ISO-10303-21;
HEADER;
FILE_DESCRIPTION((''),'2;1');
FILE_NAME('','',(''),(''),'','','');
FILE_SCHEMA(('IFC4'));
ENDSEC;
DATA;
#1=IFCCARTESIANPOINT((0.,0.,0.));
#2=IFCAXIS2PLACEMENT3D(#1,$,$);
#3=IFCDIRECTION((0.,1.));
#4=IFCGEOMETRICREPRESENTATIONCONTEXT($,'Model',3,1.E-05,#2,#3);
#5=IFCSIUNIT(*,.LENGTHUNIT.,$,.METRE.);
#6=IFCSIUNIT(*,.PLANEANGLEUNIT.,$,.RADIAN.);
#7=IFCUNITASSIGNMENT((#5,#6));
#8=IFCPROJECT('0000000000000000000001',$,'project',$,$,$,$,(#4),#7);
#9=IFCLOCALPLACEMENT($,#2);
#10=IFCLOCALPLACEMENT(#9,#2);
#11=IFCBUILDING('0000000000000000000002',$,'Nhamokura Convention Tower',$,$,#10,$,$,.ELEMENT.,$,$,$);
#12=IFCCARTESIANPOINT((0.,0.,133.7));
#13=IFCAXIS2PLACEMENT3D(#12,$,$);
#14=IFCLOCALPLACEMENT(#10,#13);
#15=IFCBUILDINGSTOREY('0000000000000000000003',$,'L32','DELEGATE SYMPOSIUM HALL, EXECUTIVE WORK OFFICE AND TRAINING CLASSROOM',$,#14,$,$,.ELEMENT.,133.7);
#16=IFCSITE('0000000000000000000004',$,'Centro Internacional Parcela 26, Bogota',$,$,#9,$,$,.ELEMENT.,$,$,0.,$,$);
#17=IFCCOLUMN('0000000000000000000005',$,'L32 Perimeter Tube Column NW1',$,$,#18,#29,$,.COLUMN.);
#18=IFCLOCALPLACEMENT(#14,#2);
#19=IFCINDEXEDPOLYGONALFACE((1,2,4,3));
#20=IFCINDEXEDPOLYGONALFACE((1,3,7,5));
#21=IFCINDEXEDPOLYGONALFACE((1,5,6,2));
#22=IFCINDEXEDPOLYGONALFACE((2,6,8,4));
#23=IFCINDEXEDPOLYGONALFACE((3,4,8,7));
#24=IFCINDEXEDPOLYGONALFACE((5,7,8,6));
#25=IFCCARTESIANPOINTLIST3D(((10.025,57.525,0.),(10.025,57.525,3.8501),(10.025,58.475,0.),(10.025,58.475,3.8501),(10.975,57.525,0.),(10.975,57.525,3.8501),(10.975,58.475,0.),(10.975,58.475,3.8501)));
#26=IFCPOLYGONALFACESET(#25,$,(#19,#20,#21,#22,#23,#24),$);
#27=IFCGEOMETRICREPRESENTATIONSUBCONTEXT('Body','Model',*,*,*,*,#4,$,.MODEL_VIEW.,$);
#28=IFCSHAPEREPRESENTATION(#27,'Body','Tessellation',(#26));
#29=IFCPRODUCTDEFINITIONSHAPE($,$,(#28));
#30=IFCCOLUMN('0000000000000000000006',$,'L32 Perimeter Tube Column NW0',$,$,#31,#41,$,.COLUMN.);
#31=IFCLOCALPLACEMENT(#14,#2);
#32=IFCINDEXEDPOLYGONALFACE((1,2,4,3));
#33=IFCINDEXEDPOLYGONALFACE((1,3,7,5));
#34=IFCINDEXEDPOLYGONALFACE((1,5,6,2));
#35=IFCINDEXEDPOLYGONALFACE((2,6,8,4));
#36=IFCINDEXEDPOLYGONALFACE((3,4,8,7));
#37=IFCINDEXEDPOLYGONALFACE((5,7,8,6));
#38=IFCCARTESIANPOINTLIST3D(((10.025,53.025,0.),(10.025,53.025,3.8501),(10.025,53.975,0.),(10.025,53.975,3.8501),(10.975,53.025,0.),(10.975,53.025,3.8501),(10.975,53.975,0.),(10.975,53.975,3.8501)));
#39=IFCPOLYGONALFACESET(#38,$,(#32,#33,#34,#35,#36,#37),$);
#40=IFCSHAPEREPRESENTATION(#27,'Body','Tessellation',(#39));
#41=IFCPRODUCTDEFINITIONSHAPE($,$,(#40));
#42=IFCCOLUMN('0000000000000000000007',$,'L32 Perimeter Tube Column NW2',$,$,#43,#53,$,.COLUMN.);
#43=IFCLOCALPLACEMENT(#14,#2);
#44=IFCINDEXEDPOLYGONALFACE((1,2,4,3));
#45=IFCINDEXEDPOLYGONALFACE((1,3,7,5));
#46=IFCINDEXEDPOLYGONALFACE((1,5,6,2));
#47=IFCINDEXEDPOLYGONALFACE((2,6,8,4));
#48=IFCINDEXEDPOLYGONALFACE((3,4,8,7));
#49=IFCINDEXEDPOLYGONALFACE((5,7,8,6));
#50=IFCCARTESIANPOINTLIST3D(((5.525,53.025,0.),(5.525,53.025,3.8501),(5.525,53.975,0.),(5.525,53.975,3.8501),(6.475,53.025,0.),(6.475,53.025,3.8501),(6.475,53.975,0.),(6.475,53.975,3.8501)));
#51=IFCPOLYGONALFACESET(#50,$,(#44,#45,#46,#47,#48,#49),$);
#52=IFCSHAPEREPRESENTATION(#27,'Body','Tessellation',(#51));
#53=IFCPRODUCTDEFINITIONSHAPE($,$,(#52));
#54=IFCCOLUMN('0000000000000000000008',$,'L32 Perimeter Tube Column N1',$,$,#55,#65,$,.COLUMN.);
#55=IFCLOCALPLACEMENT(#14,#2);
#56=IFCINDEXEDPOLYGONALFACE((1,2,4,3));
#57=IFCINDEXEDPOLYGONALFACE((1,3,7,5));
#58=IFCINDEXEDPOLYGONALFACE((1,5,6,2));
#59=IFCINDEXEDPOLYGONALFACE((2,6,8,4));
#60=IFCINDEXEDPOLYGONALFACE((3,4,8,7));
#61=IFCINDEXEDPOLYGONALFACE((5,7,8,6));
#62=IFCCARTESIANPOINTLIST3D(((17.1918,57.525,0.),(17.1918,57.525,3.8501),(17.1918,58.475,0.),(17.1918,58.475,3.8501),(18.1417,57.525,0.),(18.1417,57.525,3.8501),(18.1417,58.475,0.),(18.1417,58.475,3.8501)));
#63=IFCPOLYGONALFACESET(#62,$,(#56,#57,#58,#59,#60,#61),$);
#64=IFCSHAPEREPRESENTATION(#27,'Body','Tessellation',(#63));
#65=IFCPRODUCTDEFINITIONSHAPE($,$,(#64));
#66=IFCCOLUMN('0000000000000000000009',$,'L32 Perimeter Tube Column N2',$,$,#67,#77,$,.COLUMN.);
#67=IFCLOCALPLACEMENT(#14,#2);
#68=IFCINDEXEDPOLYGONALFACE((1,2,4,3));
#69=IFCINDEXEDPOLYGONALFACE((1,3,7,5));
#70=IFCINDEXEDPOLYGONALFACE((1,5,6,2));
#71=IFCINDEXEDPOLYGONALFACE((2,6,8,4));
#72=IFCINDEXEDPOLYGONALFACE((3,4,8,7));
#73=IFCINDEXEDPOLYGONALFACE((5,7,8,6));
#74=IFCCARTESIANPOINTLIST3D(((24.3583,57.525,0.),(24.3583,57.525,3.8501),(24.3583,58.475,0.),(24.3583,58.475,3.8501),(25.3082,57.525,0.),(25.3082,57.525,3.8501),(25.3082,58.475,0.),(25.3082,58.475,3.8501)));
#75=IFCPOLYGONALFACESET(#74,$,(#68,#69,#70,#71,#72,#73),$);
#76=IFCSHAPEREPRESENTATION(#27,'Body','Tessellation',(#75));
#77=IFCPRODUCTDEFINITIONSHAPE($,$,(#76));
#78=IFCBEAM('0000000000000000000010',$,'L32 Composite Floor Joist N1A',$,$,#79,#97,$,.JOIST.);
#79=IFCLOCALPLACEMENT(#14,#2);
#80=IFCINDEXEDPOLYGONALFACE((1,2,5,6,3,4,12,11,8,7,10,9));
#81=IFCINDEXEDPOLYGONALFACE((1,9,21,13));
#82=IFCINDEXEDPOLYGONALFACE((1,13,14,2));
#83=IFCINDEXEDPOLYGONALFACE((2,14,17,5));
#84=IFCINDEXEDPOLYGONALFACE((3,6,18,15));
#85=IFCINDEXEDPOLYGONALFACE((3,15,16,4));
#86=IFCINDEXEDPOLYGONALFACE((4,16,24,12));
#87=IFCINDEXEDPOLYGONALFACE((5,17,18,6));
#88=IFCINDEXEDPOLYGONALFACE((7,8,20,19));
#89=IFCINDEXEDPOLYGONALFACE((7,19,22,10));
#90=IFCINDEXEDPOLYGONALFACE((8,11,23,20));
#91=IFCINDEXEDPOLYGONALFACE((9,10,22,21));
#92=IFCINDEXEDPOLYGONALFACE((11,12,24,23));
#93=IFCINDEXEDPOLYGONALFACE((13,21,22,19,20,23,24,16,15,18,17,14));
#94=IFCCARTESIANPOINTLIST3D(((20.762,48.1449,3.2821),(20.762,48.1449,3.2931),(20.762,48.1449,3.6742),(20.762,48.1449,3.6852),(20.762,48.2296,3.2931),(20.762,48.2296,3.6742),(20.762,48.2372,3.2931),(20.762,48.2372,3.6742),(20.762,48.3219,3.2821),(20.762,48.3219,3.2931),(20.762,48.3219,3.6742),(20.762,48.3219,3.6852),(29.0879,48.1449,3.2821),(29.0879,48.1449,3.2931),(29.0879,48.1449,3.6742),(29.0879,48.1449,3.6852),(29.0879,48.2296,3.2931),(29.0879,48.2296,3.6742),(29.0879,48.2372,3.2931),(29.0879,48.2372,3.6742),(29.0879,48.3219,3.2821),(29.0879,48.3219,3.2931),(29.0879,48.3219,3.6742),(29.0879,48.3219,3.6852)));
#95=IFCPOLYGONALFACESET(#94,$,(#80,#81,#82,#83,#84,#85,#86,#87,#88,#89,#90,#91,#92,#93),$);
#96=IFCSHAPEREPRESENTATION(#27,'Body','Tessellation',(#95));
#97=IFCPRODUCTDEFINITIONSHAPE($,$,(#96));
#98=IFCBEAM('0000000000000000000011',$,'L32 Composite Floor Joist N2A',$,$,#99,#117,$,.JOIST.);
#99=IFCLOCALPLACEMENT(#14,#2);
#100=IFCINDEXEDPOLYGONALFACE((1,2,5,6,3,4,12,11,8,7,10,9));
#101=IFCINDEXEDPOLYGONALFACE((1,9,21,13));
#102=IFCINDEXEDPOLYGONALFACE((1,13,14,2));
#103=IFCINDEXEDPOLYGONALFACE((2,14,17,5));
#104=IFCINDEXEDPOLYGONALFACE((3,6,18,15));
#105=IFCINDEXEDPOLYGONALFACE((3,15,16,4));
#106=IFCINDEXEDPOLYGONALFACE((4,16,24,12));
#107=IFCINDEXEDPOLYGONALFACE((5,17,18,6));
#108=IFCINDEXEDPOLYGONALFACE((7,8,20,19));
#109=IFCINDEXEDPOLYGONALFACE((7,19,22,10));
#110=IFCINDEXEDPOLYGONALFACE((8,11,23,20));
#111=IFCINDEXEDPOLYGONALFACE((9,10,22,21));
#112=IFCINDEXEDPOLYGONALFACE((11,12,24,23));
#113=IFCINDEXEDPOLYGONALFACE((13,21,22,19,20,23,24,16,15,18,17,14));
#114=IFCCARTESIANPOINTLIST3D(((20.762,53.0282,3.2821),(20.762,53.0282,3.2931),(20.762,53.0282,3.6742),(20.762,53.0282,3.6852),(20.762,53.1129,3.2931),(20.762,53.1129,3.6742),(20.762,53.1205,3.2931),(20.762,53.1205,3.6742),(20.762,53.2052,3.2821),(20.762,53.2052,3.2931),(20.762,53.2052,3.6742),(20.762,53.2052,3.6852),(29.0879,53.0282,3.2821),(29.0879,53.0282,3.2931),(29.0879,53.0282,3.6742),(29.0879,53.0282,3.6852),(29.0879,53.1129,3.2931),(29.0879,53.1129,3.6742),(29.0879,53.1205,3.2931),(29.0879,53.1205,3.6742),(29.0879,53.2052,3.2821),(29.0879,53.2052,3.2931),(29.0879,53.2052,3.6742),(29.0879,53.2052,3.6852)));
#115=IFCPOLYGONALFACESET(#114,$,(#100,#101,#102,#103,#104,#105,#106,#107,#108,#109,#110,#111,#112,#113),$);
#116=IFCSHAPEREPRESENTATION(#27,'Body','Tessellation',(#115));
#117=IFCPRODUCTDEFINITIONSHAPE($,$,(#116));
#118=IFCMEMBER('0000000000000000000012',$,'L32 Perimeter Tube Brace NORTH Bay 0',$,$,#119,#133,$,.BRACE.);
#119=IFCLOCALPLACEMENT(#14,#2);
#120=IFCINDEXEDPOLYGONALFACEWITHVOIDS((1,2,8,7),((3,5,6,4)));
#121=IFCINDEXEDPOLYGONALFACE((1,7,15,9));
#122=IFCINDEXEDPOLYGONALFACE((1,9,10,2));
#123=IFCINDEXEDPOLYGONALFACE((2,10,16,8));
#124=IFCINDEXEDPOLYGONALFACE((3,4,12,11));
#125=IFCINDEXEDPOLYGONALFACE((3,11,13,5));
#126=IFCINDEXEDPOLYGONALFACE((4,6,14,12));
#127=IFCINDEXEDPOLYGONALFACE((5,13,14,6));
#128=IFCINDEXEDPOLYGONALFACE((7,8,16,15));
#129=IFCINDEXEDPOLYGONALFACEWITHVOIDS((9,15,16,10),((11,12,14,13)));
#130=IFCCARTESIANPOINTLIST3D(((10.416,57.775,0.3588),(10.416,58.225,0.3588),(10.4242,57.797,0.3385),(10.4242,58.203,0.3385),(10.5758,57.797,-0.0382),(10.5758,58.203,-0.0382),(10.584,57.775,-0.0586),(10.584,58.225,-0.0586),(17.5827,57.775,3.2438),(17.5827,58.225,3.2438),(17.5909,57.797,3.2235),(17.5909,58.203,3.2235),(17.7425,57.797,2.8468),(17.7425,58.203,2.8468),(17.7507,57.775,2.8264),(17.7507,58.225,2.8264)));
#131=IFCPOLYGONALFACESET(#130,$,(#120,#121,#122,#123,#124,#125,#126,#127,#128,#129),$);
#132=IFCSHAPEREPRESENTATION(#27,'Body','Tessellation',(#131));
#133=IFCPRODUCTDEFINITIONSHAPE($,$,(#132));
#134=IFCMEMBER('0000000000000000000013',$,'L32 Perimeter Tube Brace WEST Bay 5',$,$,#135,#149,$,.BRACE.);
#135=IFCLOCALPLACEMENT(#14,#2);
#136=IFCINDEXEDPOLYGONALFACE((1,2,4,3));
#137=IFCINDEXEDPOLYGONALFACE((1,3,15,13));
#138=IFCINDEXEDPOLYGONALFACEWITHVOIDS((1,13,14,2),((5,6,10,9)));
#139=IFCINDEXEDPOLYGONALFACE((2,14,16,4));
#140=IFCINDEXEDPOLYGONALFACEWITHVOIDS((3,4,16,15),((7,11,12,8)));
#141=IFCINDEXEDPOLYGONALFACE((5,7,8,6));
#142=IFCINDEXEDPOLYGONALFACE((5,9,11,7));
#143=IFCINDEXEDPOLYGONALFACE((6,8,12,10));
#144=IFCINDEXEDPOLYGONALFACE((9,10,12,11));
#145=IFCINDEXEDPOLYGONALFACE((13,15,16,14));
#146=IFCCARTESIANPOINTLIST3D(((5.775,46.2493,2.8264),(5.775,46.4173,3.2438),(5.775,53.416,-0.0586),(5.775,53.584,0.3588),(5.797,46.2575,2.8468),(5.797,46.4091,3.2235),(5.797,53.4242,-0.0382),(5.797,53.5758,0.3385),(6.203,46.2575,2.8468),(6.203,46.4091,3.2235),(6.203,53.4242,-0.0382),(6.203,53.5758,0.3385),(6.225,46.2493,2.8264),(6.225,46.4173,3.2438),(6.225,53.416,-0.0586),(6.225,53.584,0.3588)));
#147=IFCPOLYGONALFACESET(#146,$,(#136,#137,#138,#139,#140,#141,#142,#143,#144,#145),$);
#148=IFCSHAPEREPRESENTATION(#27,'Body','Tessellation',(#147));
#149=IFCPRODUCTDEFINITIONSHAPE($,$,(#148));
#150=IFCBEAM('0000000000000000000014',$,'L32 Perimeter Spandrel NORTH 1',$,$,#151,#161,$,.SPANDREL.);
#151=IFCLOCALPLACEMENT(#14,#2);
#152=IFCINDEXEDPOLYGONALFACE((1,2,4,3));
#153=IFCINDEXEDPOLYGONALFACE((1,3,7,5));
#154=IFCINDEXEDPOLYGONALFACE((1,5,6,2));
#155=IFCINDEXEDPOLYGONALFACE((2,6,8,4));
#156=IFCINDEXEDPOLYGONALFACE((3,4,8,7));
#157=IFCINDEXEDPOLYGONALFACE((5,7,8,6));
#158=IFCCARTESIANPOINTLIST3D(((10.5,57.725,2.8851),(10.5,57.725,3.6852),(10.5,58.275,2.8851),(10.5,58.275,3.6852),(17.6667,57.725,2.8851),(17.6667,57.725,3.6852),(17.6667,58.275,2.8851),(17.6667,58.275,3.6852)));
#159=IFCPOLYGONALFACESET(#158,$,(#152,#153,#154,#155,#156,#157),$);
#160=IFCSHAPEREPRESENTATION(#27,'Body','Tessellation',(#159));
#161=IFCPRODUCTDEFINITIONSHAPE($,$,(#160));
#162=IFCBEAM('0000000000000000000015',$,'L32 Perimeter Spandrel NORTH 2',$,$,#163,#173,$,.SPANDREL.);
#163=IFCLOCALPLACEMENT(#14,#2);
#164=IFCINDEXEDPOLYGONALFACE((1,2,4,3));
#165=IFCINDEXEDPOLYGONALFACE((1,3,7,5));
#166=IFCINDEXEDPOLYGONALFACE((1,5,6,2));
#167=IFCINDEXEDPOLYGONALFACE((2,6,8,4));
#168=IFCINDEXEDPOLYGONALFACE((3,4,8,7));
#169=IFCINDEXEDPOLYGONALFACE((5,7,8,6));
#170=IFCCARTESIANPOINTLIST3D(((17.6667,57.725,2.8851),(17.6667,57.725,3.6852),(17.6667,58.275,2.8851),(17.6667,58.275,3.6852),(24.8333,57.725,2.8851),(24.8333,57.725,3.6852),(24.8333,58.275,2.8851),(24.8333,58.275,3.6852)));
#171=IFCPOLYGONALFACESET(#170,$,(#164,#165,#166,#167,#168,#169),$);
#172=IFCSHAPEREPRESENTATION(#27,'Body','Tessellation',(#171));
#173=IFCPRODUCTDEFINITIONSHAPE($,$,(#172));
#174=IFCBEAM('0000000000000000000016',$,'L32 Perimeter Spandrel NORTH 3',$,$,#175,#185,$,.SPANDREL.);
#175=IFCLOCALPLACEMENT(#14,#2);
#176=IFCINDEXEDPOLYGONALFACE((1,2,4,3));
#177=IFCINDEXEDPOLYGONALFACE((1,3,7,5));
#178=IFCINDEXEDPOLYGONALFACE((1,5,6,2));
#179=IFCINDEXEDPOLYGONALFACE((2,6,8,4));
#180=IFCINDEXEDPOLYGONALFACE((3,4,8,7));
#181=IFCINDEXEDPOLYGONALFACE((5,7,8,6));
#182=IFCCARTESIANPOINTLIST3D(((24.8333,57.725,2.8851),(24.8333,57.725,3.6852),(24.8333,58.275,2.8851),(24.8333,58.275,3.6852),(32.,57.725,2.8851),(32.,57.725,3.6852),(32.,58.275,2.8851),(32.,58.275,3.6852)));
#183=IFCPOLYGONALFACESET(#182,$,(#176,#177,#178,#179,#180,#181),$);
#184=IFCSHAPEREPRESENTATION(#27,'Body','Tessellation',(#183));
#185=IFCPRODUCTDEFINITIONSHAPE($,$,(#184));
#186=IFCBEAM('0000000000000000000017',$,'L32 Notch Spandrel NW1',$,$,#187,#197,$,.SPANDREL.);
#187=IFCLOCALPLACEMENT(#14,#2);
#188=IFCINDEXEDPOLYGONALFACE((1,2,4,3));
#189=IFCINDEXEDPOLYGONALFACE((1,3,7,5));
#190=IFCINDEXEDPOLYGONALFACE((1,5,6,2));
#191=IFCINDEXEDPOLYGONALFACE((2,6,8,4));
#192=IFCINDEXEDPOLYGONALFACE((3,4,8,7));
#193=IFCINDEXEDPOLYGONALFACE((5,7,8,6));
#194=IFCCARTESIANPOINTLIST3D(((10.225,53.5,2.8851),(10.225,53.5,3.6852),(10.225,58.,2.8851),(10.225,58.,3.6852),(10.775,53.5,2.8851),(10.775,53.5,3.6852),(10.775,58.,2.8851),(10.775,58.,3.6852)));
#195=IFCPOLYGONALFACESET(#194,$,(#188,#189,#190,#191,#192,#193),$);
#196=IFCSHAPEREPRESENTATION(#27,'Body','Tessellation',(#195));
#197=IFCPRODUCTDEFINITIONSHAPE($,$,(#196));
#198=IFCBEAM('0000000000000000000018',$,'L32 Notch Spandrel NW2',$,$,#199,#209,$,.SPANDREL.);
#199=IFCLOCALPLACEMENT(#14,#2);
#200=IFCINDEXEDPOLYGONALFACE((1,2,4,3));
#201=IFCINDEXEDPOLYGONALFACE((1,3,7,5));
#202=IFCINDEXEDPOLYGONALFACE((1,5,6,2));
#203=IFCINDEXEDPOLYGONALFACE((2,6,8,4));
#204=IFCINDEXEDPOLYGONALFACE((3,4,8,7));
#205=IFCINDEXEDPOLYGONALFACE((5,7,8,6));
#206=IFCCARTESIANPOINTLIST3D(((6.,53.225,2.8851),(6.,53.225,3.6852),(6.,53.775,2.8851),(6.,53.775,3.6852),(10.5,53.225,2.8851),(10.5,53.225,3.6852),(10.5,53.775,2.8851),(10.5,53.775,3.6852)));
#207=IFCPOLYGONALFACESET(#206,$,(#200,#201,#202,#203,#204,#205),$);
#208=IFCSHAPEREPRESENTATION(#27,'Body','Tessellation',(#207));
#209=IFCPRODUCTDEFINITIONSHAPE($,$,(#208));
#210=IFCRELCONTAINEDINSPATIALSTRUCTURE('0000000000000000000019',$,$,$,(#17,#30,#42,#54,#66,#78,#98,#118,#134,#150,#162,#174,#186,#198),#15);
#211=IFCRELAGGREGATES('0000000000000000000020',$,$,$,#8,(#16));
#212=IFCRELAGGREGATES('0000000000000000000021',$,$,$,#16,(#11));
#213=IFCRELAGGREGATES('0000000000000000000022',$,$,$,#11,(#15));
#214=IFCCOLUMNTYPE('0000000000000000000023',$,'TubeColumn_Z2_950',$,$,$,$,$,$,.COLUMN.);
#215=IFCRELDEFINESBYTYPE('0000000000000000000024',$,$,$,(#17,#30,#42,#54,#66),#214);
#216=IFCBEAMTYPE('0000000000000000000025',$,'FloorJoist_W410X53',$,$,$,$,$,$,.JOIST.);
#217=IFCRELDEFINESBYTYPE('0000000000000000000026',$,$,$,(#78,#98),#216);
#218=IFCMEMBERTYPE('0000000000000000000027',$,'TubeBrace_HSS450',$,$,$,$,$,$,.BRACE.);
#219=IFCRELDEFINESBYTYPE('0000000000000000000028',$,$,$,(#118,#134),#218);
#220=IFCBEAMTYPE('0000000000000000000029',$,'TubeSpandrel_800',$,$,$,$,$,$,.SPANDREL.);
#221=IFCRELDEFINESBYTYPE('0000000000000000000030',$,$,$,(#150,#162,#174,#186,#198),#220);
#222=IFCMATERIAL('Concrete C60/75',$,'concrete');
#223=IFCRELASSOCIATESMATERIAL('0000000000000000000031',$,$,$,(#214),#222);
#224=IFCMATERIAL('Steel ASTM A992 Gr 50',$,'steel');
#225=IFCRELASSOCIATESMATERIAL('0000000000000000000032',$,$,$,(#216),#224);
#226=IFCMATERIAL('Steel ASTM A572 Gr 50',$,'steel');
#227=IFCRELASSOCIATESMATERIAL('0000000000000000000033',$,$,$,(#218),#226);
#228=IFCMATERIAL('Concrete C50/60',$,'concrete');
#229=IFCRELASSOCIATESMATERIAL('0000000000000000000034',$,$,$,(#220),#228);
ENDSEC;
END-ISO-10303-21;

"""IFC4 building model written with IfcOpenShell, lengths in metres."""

from ifc_helpers import new_model, si_unit, direction, frame, origin, origin_2d, place, context, subcontext, project, spatial, rectangle, hollow_rectangle, i_section, extrude, material, material_profile, profile_set, type_object, element, save


model = new_model("IFC4")

# Units and contexts
model_context = context("Model", 3, precision=1e-05, world=origin(), true_north=direction((0.0, 1.0)))
body_context = subcontext(model_context, "Body", "Model", "MODEL_VIEW")
ifc_project = project(units=[si_unit("LENGTHUNIT", "METRE"), si_unit("PLANEANGLEUNIT", "RADIAN")], contexts=[model_context])

# Site, building, storey
site_placement = place(None, origin())
site = spatial("IfcSite", under=ifc_project, at=site_placement, Name="Centro Internacional Parcela 26, Bogota", CompositionType="ELEMENT", RefElevation=0.0)
building_placement = place(site_placement, origin())
building = spatial("IfcBuilding", under=site, at=building_placement, Name="Nhamokura Convention Tower", CompositionType="ELEMENT")
storey_placement = place(building_placement, frame((0.0, 0.0, 133.7)))
storey = spatial("IfcBuildingStorey", under=building, at=storey_placement, Name="L32", Description="DELEGATE SYMPOSIUM HALL, EXECUTIVE WORK OFFICE AND TRAINING CLASSROOM", CompositionType="ELEMENT", Elevation=133.7)

# Columns
ifc_material_1 = material(Name="Concrete C60/75", Category="concrete")
ifc_material_profile_1 = material_profile(ifc_material_1, rectangle(XDim=0.95, YDim=0.95, at=origin_2d()))
ifc_profile_set_1 = profile_set([ifc_material_profile_1], Name="Concrete C60/75")
column_type = type_object("IfcColumnType", Name="TubeColumn_Z2_950", PredefinedType="COLUMN", material=ifc_profile_set_1)
for number, where, z_axis, x_axis, name in (
    (1, (10.5, 58.0, 0.0), (0.0, 0.0, 1.0), (1.0, 0.0, 0.0), "L32 Perimeter Tube Column NW1"),
    (2, (10.5, 53.5, 0.0), (0.0, 0.0, 1.0), (1.0, 0.0, 0.0), "L32 Perimeter Tube Column NW0"),
    (3, (6.0, 53.5, 0.0), (0.0, 0.0, 1.0), (1.0, 0.0, 0.0), "L32 Perimeter Tube Column NW2"),
    (4, (17.6667, 58.0, 0.0), (0.0, 0.0, 1.0), (1.0, 0.0, 0.0), "L32 Perimeter Tube Column N1"),
    (5, (24.8333, 58.0, 0.0), (0.0, 0.0, 1.0), (1.0, 0.0, 0.0), "L32 Perimeter Tube Column N2"),
):
    element("IfcColumn", number, at=place(storey_placement, frame(where, z_axis=z_axis, x_axis=x_axis)), inside=storey, type_object=column_type, Name=name, PredefinedType="COLUMN", context=body_context, shape_type="SweptSolid", body=[
        extrude(rectangle(XDim=0.95, YDim=0.95, at=origin_2d()), origin(), (0.0, 0.0, 1.0), 3.8501),
    ])

# Beams
ifc_material_2 = material(Name="Steel ASTM A992 Gr 50", Category="steel")
ifc_material_profile_2 = material_profile(ifc_material_2, i_section(OverallWidth=0.177, OverallDepth=0.4031, WebThickness=0.0076, FlangeThickness=0.011, at=origin_2d()))
ifc_profile_set_2 = profile_set([ifc_material_profile_2], Name="Steel ASTM A992 Gr 50")
beam_type_1 = type_object("IfcBeamType", Name="FloorJoist_W410X53", PredefinedType="JOIST", material=ifc_profile_set_2)
for number, where, z_axis, x_axis, name in (
    (6, (20.762, 48.2334, 3.4836), (1.0, 0.0, 0.0), (0.0, 1.0, 0.0), "L32 Composite Floor Joist N1A"),
    (7, (20.762, 53.1167, 3.4836), (1.0, 0.0, 0.0), (0.0, 1.0, 0.0), "L32 Composite Floor Joist N2A"),
):
    element("IfcBeam", number, at=place(storey_placement, frame(where, z_axis=z_axis, x_axis=x_axis)), inside=storey, type_object=beam_type_1, Name=name, PredefinedType="JOIST", context=body_context, shape_type="SweptSolid", body=[
        extrude(i_section(OverallWidth=0.177, OverallDepth=0.4031, WebThickness=0.0076, FlangeThickness=0.011, at=origin_2d()), origin(), (0.0, 0.0, 1.0), 8.3259),
    ])

# Members
ifc_material_3 = material(Name="Steel ASTM A572 Gr 50", Category="steel")
ifc_material_profile_3 = material_profile(ifc_material_3, hollow_rectangle(XDim=0.45, YDim=0.45, WallThickness=0.022, at=origin_2d()))
ifc_profile_set_3 = profile_set([ifc_material_profile_3], Name="Steel ASTM A572 Gr 50")
member_type = type_object("IfcMemberType", Name="TubeBrace_HSS450", PredefinedType="BRACE", material=ifc_profile_set_3)
for number, where, z_axis, x_axis, name in (
    (8, (10.5, 58.0, 0.1501), (0.927657, 0.0, 0.373433), (0.0, 1.0, 0.0), "L32 Perimeter Tube Brace NORTH Bay 0"),
    (9, (6.0, 53.5, 0.1501), (0.0, -0.927657, 0.373433), (1.0, 0.0, 0.0), "L32 Perimeter Tube Brace WEST Bay 5"),
):
    element("IfcMember", number, at=place(storey_placement, frame(where, z_axis=z_axis, x_axis=x_axis)), inside=storey, type_object=member_type, Name=name, PredefinedType="BRACE", context=body_context, shape_type="SweptSolid", body=[
        extrude(hollow_rectangle(XDim=0.45, YDim=0.45, WallThickness=0.022, at=origin_2d()), origin(), (0.0, 0.0, 1.0), 7.7256),
    ])

# Beams
ifc_material_4 = material(Name="Concrete C50/60", Category="concrete")
ifc_material_profile_4 = material_profile(ifc_material_4, rectangle(XDim=0.55, YDim=0.8, at=origin_2d()))
ifc_profile_set_4 = profile_set([ifc_material_profile_4], Name="Concrete C50/60")
beam_type_2 = type_object("IfcBeamType", Name="TubeSpandrel_800", PredefinedType="SPANDREL", material=ifc_profile_set_4)
beam_1_placement = place(storey_placement, frame((10.5, 58.0, 3.2852), z_axis=(1.0, 0.0, 0.0), x_axis=(0.0, 1.0, 0.0)))
element("IfcBeam", 10, at=beam_1_placement, inside=storey, type_object=beam_type_2, Name="L32 Perimeter Spandrel NORTH 1", PredefinedType="SPANDREL", context=body_context, shape_type="SweptSolid", body=[
    extrude(rectangle(XDim=0.55, YDim=0.8, at=origin_2d()), origin(), (0.0, 0.0, 1.0), 7.1667),
])
beam_2_placement = place(storey_placement, frame((17.6667, 58.0, 3.2852), z_axis=(1.0, 0.0, 0.0), x_axis=(0.0, 1.0, 0.0)))
element("IfcBeam", 11, at=beam_2_placement, inside=storey, type_object=beam_type_2, Name="L32 Perimeter Spandrel NORTH 2", PredefinedType="SPANDREL", context=body_context, shape_type="SweptSolid", body=[
    extrude(rectangle(XDim=0.55, YDim=0.8, at=origin_2d()), origin(), (0.0, 0.0, 1.0), 7.1665),
])
beam_3_placement = place(storey_placement, frame((24.8333, 58.0, 3.2852), z_axis=(1.0, 0.0, 0.0), x_axis=(0.0, 1.0, 0.0)))
element("IfcBeam", 12, at=beam_3_placement, inside=storey, type_object=beam_type_2, Name="L32 Perimeter Spandrel NORTH 3", PredefinedType="SPANDREL", context=body_context, shape_type="SweptSolid", body=[
    extrude(rectangle(XDim=0.55, YDim=0.8, at=origin_2d()), origin(), (0.0, 0.0, 1.0), 7.1667),
])
for number, where, z_axis, x_axis, name in (
    (13, (10.5, 58.0, 3.2852), (0.0, -1.0, 0.0), (1.0, 0.0, 0.0), "L32 Notch Spandrel NW1"),
    (14, (10.5, 53.5, 3.2852), (-1.0, 0.0, 0.0), (0.0, -1.0, 0.0), "L32 Notch Spandrel NW2"),
):
    element("IfcBeam", number, at=place(storey_placement, frame(where, z_axis=z_axis, x_axis=x_axis)), inside=storey, type_object=beam_type_2, Name=name, PredefinedType="SPANDREL", context=body_context, shape_type="SweptSolid", body=[
        extrude(rectangle(XDim=0.55, YDim=0.8, at=origin_2d()), origin(), (0.0, 0.0, 1.0), 4.5),
    ])

save(model, "model.ifc")
